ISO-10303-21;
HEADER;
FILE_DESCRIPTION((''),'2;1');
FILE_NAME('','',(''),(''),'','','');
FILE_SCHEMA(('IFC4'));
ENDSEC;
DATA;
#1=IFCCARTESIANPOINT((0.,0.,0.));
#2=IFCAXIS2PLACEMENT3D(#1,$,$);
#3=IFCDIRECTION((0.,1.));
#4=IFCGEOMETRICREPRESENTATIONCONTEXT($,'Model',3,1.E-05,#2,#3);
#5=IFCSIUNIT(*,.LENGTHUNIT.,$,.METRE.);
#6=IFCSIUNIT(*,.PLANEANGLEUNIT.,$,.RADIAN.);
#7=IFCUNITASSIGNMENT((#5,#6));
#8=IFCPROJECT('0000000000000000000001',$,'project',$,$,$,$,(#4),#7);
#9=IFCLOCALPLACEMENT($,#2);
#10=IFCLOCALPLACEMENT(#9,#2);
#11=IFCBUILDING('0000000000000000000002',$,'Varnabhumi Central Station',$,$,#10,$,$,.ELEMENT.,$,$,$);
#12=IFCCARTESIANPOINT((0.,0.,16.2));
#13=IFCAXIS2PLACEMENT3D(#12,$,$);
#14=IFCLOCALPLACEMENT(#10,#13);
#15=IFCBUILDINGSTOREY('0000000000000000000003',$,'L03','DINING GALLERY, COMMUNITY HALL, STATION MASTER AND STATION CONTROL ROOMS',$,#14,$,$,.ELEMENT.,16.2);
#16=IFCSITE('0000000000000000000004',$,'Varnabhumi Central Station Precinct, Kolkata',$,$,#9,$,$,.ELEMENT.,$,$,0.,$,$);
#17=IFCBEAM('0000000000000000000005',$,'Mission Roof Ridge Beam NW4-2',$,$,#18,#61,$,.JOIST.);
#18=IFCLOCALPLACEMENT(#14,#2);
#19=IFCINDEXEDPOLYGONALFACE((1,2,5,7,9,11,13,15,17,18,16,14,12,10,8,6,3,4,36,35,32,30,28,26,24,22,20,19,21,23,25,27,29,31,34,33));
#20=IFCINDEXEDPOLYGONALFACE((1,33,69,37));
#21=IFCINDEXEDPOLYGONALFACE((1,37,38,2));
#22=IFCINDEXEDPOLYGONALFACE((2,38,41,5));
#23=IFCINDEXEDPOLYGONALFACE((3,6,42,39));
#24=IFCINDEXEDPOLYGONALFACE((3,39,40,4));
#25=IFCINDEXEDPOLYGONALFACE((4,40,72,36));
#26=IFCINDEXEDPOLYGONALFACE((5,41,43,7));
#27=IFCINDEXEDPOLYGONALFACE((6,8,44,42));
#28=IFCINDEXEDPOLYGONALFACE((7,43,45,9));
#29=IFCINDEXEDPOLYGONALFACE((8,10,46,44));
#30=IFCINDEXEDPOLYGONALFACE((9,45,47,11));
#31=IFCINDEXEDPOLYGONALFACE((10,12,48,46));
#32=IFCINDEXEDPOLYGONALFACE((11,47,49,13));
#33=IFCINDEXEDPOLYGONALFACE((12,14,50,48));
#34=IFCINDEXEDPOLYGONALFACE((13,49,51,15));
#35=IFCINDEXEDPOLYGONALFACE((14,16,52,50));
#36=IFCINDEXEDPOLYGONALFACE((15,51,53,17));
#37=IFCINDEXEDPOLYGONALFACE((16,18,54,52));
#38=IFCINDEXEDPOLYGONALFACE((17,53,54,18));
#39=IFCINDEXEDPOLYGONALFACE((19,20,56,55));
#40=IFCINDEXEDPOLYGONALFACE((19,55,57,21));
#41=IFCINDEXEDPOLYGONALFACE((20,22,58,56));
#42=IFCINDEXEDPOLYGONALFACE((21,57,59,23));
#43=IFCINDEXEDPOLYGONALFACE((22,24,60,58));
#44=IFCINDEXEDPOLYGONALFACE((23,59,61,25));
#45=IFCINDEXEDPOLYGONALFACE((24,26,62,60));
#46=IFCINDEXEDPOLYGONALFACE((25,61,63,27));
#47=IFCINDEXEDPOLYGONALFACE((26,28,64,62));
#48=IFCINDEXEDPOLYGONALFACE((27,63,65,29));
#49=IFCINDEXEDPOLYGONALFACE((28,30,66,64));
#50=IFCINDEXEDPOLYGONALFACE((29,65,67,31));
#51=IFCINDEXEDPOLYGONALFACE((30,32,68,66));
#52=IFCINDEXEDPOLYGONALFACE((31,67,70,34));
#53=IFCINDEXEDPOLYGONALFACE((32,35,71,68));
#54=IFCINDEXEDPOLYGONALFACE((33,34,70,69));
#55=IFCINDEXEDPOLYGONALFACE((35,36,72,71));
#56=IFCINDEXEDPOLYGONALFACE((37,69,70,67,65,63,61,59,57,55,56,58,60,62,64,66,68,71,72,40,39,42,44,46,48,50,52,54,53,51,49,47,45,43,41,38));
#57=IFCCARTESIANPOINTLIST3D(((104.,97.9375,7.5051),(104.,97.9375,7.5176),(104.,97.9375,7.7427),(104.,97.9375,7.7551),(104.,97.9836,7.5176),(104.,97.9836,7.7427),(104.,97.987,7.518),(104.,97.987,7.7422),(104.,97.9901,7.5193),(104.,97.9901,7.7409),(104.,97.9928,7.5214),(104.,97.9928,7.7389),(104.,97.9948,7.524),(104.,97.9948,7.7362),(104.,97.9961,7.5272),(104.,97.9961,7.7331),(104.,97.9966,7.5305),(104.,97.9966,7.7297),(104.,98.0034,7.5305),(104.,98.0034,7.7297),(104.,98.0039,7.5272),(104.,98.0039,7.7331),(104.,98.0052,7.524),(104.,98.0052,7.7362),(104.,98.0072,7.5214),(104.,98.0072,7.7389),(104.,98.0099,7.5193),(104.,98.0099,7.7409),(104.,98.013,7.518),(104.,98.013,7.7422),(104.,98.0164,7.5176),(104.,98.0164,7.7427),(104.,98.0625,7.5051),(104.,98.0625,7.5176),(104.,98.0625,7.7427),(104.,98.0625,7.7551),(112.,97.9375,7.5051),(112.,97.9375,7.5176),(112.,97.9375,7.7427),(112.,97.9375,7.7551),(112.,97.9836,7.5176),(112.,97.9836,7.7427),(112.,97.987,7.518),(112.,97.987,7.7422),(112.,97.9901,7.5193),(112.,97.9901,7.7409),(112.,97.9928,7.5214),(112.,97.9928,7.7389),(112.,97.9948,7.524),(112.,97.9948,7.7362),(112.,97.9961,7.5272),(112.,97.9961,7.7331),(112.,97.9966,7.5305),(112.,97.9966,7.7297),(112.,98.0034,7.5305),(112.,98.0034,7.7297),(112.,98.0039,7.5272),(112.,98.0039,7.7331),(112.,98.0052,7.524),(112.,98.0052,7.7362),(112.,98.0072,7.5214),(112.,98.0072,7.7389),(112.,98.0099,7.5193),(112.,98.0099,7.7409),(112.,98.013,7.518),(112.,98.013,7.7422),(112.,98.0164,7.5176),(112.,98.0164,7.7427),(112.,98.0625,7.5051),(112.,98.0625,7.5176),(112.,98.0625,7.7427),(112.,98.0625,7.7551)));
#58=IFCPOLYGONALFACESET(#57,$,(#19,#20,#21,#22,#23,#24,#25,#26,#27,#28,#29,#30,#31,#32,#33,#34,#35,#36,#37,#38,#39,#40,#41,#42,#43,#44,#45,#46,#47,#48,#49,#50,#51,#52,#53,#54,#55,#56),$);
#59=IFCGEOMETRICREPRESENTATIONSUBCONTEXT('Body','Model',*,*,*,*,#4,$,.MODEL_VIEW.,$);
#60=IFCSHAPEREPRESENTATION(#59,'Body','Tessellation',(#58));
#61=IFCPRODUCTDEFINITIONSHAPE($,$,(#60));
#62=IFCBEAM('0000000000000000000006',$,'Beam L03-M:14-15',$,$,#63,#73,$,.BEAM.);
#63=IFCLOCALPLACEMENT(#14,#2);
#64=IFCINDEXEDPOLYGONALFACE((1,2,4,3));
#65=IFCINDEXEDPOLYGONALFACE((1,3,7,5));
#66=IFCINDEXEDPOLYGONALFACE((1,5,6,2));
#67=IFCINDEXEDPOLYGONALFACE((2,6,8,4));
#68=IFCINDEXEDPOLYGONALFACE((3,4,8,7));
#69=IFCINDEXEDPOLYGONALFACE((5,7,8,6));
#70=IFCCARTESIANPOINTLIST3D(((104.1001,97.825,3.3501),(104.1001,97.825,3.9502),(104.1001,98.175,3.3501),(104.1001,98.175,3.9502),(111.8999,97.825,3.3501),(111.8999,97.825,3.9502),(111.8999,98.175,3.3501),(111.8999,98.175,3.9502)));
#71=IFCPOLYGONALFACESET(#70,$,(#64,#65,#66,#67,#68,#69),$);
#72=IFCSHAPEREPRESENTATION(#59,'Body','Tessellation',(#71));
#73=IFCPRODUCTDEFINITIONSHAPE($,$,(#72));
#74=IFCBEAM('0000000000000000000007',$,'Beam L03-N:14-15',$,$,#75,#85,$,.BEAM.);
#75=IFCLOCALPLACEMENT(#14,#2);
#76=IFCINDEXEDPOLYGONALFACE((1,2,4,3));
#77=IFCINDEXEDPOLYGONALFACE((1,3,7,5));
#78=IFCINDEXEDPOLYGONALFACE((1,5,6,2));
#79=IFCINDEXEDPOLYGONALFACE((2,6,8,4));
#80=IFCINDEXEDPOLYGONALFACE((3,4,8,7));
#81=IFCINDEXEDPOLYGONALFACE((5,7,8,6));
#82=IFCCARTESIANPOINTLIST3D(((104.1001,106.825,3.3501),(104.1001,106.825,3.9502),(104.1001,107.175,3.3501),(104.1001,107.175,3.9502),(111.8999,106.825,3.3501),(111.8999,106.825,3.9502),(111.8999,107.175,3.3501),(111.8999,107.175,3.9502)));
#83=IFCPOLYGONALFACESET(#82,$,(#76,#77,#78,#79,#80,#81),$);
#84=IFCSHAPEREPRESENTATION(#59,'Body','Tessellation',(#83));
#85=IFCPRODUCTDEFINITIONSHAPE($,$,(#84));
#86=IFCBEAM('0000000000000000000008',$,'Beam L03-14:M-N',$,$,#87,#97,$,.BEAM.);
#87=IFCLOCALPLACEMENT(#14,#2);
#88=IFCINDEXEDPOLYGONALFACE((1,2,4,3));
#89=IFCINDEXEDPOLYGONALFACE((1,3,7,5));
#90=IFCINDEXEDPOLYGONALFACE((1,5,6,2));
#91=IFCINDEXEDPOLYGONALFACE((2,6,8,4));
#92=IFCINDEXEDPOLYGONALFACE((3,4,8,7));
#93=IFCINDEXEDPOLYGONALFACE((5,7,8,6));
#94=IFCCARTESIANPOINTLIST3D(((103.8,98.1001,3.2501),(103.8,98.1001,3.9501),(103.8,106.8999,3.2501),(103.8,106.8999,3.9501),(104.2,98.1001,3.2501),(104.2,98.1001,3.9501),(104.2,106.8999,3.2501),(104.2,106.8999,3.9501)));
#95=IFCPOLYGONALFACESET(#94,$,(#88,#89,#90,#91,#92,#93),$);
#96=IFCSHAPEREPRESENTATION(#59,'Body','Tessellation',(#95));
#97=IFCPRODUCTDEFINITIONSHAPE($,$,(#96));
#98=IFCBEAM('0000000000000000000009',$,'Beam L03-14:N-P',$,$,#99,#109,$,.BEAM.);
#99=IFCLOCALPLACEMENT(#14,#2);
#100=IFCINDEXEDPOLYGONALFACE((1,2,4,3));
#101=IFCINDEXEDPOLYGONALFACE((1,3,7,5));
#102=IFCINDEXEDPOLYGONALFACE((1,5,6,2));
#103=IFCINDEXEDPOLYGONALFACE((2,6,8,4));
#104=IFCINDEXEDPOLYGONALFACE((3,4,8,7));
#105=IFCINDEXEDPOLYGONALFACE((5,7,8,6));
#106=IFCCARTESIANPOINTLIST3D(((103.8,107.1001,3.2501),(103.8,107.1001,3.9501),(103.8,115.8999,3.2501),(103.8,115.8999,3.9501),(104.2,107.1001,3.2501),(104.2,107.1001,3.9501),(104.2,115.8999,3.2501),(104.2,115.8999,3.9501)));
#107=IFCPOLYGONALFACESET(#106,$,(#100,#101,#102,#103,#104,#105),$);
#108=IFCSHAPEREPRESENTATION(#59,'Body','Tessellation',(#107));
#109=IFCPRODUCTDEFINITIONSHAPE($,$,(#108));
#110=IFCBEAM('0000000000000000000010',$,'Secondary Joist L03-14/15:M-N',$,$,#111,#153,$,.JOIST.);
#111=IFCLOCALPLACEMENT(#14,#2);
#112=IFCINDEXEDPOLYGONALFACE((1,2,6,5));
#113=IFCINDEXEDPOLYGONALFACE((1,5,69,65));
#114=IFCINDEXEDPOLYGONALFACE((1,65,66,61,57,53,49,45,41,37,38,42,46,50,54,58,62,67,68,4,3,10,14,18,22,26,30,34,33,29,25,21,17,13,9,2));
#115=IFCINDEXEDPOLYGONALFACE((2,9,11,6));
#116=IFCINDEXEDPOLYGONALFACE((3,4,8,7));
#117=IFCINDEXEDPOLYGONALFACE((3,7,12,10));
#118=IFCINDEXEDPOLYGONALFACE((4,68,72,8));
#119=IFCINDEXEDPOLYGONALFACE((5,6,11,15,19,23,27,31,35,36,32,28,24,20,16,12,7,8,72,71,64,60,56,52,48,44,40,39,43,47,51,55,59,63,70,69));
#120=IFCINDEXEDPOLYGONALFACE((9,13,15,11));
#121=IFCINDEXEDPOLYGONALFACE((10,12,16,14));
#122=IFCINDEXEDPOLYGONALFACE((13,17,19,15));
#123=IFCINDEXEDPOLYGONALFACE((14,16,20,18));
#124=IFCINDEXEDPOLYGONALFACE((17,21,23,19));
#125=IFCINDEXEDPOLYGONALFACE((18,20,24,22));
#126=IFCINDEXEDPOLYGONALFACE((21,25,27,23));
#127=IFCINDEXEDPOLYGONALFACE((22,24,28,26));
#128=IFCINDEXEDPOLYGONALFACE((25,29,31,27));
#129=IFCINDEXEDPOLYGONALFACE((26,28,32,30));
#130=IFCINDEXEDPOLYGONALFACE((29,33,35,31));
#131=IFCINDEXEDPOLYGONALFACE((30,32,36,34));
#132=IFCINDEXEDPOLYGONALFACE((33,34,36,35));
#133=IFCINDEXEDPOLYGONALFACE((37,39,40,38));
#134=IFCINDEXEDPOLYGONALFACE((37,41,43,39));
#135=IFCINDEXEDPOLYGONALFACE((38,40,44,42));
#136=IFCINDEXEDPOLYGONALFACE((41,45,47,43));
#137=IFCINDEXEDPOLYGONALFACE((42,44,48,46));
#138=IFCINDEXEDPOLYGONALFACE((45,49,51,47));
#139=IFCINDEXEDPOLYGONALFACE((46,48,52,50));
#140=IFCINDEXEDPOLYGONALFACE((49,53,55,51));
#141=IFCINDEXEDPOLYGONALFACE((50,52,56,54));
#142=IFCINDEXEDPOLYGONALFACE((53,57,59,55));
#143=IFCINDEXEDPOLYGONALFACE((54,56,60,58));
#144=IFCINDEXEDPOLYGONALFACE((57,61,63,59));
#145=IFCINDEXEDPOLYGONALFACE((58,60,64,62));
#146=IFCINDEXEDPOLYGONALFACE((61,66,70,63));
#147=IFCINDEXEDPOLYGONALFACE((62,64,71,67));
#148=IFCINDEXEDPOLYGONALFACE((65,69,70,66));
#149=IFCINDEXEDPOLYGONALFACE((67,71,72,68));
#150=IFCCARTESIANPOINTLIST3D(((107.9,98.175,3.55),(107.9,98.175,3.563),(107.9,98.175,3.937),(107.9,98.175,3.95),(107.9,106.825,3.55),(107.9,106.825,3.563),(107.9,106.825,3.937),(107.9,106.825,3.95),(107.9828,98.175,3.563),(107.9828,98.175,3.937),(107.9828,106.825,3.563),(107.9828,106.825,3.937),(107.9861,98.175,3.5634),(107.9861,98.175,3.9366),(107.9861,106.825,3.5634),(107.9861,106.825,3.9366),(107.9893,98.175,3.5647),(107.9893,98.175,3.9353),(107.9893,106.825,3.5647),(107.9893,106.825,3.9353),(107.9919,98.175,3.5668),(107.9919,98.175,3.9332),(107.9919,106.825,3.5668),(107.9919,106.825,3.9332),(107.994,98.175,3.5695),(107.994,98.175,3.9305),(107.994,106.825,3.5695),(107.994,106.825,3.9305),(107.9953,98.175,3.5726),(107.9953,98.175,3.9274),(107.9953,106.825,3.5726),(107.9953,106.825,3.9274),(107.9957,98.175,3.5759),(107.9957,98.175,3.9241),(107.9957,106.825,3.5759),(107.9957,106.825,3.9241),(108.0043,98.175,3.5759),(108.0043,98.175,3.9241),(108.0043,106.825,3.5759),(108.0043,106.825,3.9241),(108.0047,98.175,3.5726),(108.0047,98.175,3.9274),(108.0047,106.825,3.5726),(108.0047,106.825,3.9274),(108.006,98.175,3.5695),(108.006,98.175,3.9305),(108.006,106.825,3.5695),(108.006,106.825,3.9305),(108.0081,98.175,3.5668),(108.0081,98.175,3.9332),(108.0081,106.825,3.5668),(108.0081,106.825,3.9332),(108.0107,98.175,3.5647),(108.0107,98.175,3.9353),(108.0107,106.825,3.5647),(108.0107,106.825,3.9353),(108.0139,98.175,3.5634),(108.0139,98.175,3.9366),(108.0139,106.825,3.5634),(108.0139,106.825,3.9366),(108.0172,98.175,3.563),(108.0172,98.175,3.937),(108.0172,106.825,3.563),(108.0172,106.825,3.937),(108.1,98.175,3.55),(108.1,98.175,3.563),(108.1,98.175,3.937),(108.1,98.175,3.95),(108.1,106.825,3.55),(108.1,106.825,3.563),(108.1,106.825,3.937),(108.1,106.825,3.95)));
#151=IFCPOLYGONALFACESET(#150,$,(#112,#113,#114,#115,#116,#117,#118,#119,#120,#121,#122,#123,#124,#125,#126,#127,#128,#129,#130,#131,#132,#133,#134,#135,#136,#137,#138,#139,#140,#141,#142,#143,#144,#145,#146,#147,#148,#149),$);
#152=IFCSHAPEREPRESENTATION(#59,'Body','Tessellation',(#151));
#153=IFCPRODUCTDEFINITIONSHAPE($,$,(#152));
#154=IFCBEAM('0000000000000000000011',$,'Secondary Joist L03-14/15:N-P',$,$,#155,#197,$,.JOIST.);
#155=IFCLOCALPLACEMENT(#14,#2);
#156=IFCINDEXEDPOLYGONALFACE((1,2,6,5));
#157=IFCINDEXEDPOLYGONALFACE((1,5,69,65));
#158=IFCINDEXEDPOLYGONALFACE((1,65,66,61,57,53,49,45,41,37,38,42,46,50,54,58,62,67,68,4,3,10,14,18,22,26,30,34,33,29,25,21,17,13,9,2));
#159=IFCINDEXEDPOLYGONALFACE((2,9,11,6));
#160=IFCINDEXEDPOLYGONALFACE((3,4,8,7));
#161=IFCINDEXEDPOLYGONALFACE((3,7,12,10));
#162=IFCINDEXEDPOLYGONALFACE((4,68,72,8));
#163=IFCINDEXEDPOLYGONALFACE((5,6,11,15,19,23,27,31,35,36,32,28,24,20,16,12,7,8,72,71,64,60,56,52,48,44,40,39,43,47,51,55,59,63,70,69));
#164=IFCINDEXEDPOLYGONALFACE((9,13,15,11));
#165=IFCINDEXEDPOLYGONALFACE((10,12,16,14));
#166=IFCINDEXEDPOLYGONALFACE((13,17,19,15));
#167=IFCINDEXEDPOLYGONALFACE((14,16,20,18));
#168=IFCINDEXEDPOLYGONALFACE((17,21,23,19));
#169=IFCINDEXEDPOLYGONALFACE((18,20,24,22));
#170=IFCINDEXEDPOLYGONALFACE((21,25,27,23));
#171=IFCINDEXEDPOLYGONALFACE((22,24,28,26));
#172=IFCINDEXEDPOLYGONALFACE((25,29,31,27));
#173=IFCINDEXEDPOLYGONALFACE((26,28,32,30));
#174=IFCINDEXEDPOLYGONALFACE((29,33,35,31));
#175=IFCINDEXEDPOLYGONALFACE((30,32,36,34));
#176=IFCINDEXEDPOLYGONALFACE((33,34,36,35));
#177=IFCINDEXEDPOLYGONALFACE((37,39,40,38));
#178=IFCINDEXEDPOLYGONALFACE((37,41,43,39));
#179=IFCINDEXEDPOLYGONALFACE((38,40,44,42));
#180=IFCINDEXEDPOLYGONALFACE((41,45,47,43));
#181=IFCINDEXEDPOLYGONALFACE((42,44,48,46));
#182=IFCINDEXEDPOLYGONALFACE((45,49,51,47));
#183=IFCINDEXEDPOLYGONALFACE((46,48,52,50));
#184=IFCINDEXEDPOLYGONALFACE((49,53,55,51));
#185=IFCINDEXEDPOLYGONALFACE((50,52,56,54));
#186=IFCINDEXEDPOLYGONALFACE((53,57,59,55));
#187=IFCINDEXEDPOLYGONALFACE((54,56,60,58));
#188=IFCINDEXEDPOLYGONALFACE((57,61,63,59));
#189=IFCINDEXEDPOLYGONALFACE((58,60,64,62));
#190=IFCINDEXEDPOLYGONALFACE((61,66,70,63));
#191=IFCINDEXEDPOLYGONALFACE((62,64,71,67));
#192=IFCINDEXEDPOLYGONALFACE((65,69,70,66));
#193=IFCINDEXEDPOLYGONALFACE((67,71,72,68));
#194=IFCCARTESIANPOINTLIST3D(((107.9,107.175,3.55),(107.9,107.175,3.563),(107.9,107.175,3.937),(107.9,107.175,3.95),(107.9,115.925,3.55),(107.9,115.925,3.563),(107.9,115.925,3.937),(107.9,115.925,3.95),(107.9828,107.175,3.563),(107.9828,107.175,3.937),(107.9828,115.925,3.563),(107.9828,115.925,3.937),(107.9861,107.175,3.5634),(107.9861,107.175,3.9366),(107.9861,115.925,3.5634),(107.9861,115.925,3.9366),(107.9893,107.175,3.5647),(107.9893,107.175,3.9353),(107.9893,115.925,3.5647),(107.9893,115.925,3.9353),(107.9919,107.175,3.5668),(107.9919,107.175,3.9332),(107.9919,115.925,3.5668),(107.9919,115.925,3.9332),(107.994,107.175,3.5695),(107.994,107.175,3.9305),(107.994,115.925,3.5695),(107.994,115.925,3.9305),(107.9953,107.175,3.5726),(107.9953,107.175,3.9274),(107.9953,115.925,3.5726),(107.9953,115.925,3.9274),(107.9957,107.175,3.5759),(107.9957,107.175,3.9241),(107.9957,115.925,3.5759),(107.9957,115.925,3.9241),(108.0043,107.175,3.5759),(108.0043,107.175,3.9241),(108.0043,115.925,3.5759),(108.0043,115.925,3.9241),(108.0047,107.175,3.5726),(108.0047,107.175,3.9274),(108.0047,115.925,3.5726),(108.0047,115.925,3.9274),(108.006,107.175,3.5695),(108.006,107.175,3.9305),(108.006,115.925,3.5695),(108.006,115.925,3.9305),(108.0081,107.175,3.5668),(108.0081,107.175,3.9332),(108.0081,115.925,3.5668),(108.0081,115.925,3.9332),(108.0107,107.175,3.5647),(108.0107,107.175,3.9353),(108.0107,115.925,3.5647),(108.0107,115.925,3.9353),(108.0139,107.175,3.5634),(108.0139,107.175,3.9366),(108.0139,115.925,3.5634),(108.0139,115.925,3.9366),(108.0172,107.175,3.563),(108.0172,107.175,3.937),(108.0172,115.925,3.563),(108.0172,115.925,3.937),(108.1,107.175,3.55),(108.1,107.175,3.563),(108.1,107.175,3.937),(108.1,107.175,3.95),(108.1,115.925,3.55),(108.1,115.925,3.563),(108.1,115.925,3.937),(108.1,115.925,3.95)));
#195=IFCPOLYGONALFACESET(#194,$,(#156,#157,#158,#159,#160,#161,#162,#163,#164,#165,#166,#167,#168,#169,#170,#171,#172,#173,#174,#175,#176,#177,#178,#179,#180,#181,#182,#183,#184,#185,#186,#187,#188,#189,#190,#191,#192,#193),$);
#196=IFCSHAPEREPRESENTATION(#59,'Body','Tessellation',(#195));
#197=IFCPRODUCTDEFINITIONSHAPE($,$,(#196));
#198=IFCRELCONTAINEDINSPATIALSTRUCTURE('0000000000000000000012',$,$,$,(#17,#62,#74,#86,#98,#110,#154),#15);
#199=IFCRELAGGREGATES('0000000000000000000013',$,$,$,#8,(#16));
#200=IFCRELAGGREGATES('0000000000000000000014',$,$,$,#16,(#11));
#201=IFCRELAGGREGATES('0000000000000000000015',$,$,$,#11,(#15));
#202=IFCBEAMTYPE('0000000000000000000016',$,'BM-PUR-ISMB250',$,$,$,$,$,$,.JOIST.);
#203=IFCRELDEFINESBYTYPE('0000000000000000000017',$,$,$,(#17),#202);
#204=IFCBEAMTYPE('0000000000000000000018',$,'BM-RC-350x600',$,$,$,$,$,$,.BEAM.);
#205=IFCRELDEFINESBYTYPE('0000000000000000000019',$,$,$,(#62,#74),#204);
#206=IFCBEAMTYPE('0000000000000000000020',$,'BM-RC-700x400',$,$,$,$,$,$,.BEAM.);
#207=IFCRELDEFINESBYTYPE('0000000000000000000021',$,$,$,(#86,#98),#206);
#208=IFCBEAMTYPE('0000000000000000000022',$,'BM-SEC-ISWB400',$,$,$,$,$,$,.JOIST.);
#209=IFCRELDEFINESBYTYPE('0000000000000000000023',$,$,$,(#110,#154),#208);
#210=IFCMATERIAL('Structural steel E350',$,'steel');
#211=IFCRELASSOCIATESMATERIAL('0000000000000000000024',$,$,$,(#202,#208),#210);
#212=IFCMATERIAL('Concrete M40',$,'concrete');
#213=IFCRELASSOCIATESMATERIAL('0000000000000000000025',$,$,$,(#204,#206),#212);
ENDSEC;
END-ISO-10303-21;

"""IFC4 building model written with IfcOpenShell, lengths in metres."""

from ifc_helpers import new_model, si_unit, direction, frame, origin, origin_2d, place, context, subcontext, project, spatial, rectangle, i_section, extrude, material, material_profile, profile_set, type_object, element, save


model = new_model("IFC4")

# Units and contexts
model_context = context("Model", 3, precision=1e-05, world=origin(), true_north=direction((0.0, 1.0)))
body_context = subcontext(model_context, "Body", "Model", "MODEL_VIEW")
ifc_project = project(units=[si_unit("LENGTHUNIT", "METRE"), si_unit("PLANEANGLEUNIT", "RADIAN")], contexts=[model_context])

# Site, building, storey
site_placement = place(None, origin())
site = spatial("IfcSite", under=ifc_project, at=site_placement, Name="Varnabhumi Central Station Precinct, Kolkata", CompositionType="ELEMENT", RefElevation=0.0)
building_placement = place(site_placement, origin())
building = spatial("IfcBuilding", under=site, at=building_placement, Name="Varnabhumi Central Station", CompositionType="ELEMENT")
storey_placement = place(building_placement, frame((0.0, 0.0, 16.2)))
storey = spatial("IfcBuildingStorey", under=building, at=storey_placement, Name="L03", Description="DINING GALLERY, COMMUNITY HALL, STATION MASTER AND STATION CONTROL ROOMS", CompositionType="ELEMENT", Elevation=16.2)

# Shared definitions
ifc_material_1 = material(Name="Concrete M40", Category="concrete")

# Beams
ifc_material_2 = material(Name="Structural steel E350", Category="steel")
ifc_material_profile_1 = material_profile(ifc_material_2, i_section(OverallWidth=0.125, OverallDepth=0.25, WebThickness=0.0068, FlangeThickness=0.0125, FilletRadius=0.0129, at=origin_2d()), Name="Structural steel E350", Category="steel")
ifc_profile_set_1 = profile_set([ifc_material_profile_1], Name="Structural steel E350")
beam_type_1 = type_object("IfcBeamType", Name="BM-PUR-ISMB250", PredefinedType="JOIST", material=ifc_profile_set_1)
beam_1_placement = place(storey_placement, frame((104.0, 98.0, 7.6301), z_axis=(1.0, 0.0, 0.0), x_axis=(0.0, 1.0, 0.0)))
element("IfcBeam", 1, at=beam_1_placement, inside=storey, type_object=beam_type_1, Name="Mission Roof Ridge Beam NW4-2", PredefinedType="JOIST", context=body_context, shape_type="SweptSolid", body=[
    extrude(i_section(OverallWidth=0.125, OverallDepth=0.25, WebThickness=0.0068, FlangeThickness=0.0125, FilletRadius=0.0129, at=origin_2d()), origin(), (0.0, 0.0, 1.0), 8.0),
])
ifc_material_profile_2 = material_profile(ifc_material_1, rectangle(XDim=0.3501, YDim=0.6001, at=origin_2d()), Name="Concrete M40", Category="concrete")
ifc_profile_set_2 = profile_set([ifc_material_profile_2], Name="Concrete M40")
beam_type_2 = type_object("IfcBeamType", Name="BM-RC-350x600", PredefinedType="BEAM", material=ifc_profile_set_2)
for number, where, z_axis, x_axis, name in (
    (2, (104.1001, 98.0, 3.6501), (1.0, 0.0, 0.0), (0.0, 1.0, 0.0), "Beam L03-M:14-15"),
    (3, (104.1001, 107.0, 3.6501), (1.0, 0.0, 0.0), (0.0, 1.0, 0.0), "Beam L03-N:14-15"),
):
    element("IfcBeam", number, at=place(storey_placement, frame(where, z_axis=z_axis, x_axis=x_axis)), inside=storey, type_object=beam_type_2, Name=name, PredefinedType="BEAM", context=body_context, shape_type="SweptSolid", body=[
        extrude(rectangle(XDim=0.3501, YDim=0.6001, at=origin_2d()), origin(), (0.0, 0.0, 1.0), 7.7998),
    ])
ifc_material_profile_3 = material_profile(ifc_material_1, rectangle(XDim=0.3999, YDim=0.7, at=origin_2d()), Name="Concrete M40", Category="concrete")
ifc_profile_set_3 = profile_set([ifc_material_profile_3], Name="Concrete M40")
beam_type_3 = type_object("IfcBeamType", Name="BM-RC-700x400", PredefinedType="BEAM", material=ifc_profile_set_3)
for number, where, z_axis, x_axis, name in (
    (4, (104.0, 98.1001, 3.6001), (0.0, 1.0, 0.0), (-1.0, 0.0, 0.0), "Beam L03-14:M-N"),
    (5, (104.0, 107.1001, 3.6001), (0.0, 1.0, 0.0), (-1.0, 0.0, 0.0), "Beam L03-14:N-P"),
):
    element("IfcBeam", number, at=place(storey_placement, frame(where, z_axis=z_axis, x_axis=x_axis)), inside=storey, type_object=beam_type_3, Name=name, PredefinedType="BEAM", context=body_context, shape_type="SweptSolid", body=[
        extrude(rectangle(XDim=0.3999, YDim=0.7, at=origin_2d()), origin(), (0.0, 0.0, 1.0), 8.7998),
    ])
ifc_material_profile_4 = material_profile(ifc_material_2, i_section(OverallWidth=0.2, OverallDepth=0.3999, WebThickness=0.0085, FlangeThickness=0.0129, FilletRadius=0.0129, at=origin_2d()), Name="Structural steel E350", Category="steel")
ifc_profile_set_4 = profile_set([ifc_material_profile_4], Name="Structural steel E350")
beam_type_4 = type_object("IfcBeamType", Name="BM-SEC-ISWB400", PredefinedType="JOIST", material=ifc_profile_set_4)
beam_2_placement = place(storey_placement, frame((108.0, 98.175, 3.75), z_axis=(0.0, 1.0, 0.0), x_axis=(-1.0, 0.0, 0.0)))
element("IfcBeam", 6, at=beam_2_placement, inside=storey, type_object=beam_type_4, Name="Secondary Joist L03-14/15:M-N", PredefinedType="JOIST", context=body_context, shape_type="SweptSolid", body=[
    extrude(i_section(OverallWidth=0.2, OverallDepth=0.3999, WebThickness=0.0085, FlangeThickness=0.0129, FilletRadius=0.0129, at=origin_2d()), origin(), (0.0, 0.0, 1.0), 8.6499),
])
beam_3_placement = place(storey_placement, frame((108.0, 107.175, 3.75), z_axis=(0.0, 1.0, 0.0), x_axis=(-1.0, 0.0, 0.0)))
element("IfcBeam", 7, at=beam_3_placement, inside=storey, type_object=beam_type_4, Name="Secondary Joist L03-14/15:N-P", PredefinedType="JOIST", context=body_context, shape_type="SweptSolid", body=[
    extrude(i_section(OverallWidth=0.2, OverallDepth=0.3999, WebThickness=0.0085, FlangeThickness=0.0129, FilletRadius=0.0129, at=origin_2d()), origin(), (0.0, 0.0, 1.0), 8.75),
])

save(model, "model.ifc")
